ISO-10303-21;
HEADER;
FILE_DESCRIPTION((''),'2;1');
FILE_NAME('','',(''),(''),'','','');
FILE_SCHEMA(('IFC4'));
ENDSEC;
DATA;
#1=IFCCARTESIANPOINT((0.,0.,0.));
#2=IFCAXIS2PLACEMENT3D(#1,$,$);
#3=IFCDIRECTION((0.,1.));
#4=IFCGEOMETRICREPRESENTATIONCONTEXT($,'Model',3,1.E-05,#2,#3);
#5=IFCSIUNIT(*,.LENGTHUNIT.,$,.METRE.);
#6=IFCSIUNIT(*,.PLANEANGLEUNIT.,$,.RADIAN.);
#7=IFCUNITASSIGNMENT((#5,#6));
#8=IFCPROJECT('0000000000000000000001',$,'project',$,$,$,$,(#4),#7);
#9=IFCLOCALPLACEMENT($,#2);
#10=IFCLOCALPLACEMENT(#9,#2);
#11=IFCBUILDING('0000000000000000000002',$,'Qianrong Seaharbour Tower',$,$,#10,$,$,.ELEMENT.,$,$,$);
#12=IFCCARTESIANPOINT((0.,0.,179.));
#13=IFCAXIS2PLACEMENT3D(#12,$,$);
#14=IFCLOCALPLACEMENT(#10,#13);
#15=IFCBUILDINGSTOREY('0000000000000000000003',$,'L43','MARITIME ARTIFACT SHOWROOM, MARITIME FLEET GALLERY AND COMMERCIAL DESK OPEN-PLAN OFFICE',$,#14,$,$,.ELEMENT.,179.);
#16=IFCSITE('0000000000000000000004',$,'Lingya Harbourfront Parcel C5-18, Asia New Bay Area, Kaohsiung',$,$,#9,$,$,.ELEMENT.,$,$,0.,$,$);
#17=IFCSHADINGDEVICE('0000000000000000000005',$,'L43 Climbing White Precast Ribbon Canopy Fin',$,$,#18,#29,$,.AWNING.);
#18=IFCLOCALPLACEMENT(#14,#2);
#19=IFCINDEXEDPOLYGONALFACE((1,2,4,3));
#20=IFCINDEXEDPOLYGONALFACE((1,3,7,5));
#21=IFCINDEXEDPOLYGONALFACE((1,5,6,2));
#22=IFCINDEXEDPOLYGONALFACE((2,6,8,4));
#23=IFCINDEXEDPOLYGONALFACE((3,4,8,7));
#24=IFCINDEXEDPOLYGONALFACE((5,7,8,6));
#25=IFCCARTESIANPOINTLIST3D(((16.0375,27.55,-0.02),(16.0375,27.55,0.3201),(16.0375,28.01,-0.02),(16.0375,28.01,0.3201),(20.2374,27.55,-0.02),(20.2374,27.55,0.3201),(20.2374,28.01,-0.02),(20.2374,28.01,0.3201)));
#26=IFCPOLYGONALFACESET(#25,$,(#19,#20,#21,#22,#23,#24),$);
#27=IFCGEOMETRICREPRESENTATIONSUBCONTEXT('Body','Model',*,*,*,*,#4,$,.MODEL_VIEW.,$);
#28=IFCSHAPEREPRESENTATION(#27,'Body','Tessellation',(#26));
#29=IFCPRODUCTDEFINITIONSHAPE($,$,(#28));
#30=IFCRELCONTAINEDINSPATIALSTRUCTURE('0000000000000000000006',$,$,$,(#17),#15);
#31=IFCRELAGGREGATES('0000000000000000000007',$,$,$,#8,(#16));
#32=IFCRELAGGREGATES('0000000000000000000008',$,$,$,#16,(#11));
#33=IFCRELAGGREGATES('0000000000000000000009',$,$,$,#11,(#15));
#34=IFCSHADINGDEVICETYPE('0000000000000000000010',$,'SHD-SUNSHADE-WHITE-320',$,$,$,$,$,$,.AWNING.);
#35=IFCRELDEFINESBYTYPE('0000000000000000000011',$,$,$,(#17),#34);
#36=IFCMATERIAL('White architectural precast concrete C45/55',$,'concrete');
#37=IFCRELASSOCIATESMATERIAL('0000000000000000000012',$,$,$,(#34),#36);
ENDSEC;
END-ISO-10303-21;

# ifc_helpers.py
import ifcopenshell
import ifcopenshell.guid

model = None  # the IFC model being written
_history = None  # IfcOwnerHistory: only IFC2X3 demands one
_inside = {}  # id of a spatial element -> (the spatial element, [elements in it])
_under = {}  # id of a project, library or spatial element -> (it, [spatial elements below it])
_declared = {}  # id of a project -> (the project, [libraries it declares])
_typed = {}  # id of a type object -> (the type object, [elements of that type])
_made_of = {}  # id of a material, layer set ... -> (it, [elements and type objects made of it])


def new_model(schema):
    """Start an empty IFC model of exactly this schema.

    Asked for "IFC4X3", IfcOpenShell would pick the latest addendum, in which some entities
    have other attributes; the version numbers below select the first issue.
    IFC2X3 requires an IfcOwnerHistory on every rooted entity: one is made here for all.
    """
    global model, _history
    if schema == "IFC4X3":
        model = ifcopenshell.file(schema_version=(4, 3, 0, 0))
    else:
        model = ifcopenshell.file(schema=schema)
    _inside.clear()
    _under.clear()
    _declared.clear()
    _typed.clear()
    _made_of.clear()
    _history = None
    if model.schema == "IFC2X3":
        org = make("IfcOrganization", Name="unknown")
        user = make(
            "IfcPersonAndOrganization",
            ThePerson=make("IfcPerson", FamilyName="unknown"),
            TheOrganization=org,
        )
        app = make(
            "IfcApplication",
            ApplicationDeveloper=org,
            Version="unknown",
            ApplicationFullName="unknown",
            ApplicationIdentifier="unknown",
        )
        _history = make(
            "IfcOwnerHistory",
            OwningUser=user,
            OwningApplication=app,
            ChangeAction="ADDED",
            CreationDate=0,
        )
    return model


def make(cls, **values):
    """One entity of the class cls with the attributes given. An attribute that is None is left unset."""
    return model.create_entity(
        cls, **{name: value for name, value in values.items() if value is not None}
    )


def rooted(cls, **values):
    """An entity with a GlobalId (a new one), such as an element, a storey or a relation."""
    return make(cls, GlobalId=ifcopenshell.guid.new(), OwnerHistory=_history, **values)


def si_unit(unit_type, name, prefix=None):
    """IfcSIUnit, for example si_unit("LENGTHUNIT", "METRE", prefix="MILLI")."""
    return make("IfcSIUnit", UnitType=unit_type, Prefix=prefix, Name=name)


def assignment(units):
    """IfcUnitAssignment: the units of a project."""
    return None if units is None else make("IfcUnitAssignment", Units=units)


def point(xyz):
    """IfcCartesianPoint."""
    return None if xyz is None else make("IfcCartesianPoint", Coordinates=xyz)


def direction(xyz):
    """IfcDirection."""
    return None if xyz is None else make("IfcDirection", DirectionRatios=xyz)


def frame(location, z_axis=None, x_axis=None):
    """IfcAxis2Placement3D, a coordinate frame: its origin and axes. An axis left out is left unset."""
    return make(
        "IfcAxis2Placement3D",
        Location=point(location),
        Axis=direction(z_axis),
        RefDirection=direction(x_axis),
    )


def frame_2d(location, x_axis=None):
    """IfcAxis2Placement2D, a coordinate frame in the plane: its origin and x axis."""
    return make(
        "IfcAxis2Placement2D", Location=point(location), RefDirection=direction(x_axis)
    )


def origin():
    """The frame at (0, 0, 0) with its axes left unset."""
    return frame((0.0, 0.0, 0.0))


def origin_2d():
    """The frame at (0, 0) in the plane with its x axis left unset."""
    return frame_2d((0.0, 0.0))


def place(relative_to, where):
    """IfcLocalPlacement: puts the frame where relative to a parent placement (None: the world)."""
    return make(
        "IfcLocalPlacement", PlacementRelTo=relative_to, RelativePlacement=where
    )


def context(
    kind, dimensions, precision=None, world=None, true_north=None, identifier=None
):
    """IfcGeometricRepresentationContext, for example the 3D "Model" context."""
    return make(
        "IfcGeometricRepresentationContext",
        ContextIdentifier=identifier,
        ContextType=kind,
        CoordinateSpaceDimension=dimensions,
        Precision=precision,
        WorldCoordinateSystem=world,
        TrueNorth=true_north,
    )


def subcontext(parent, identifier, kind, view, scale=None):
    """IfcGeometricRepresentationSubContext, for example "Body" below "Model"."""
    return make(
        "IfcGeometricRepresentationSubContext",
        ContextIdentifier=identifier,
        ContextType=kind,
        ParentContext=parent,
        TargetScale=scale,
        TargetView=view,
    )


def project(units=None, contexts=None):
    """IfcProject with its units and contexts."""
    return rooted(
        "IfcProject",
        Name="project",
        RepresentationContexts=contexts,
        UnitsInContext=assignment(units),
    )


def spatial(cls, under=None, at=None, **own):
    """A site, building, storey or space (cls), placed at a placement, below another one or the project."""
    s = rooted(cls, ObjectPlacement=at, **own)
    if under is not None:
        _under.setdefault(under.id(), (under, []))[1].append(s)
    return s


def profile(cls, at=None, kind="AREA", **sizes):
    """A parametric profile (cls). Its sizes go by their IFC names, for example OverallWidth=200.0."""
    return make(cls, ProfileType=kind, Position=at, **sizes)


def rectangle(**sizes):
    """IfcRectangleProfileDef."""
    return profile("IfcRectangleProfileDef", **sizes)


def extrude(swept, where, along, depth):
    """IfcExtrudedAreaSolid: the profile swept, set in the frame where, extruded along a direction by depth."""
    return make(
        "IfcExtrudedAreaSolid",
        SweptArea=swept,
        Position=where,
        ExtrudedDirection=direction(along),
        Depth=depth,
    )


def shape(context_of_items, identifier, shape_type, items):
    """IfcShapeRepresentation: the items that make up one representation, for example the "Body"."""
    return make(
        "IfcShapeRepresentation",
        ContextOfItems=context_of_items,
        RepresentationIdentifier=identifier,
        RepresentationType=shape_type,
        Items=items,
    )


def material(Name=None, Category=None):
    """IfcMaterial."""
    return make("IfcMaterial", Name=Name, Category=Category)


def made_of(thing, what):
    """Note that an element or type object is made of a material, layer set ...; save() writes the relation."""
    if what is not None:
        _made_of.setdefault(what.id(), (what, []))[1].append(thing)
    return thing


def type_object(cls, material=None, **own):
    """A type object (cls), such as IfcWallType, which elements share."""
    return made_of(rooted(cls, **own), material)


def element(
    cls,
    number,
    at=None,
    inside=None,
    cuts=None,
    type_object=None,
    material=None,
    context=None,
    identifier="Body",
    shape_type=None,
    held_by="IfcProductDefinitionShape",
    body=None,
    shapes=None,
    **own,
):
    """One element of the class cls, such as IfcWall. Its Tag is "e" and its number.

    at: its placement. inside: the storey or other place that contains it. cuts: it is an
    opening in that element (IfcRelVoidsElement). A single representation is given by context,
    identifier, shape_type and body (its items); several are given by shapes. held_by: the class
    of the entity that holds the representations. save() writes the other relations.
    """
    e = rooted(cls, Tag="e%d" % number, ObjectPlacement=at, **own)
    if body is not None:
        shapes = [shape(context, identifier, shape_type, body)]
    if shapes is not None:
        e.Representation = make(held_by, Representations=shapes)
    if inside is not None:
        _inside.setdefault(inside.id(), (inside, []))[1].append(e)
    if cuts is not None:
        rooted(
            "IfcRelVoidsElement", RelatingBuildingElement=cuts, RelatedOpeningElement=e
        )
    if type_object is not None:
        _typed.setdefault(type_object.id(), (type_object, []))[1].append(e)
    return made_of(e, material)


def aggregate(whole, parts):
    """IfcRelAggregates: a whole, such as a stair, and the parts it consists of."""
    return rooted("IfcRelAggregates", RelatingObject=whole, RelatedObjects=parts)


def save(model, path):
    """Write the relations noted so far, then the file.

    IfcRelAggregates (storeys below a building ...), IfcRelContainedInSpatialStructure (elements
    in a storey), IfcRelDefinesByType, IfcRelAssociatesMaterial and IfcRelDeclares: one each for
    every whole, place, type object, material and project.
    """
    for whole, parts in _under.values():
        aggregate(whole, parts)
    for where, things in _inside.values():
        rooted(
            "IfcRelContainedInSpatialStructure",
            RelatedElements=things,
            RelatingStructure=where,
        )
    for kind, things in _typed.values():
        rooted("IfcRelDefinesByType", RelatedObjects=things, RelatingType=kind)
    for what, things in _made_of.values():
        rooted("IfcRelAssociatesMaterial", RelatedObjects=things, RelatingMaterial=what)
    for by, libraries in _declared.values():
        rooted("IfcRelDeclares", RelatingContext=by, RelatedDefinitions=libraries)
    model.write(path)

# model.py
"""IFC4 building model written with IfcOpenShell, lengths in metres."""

from ifc_helpers import new_model, si_unit, direction, frame, origin, origin_2d, place, context, subcontext, project, spatial, rectangle, extrude, material, type_object, element, save


model = new_model("IFC4")

# Units and contexts
model_context = context("Model", 3, precision=1e-05, world=origin(), true_north=direction((0.0, 1.0)))
body_context = subcontext(model_context, "Body", "Model", "MODEL_VIEW")
ifc_project = project(units=[si_unit("LENGTHUNIT", "METRE"), si_unit("PLANEANGLEUNIT", "RADIAN")], contexts=[model_context])

# Site, building, storey
site_placement = place(None, origin())
site = spatial("IfcSite", under=ifc_project, at=site_placement, Name="Lingya Harbourfront Parcel C5-18, Asia New Bay Area, Kaohsiung", CompositionType="ELEMENT", RefElevation=0.0)
building_placement = place(site_placement, origin())
building = spatial("IfcBuilding", under=site, at=building_placement, Name="Qianrong Seaharbour Tower", CompositionType="ELEMENT")
storey_placement = place(building_placement, frame((0.0, 0.0, 179.0)))
storey = spatial("IfcBuildingStorey", under=building, at=storey_placement, Name="L43", Description="MARITIME ARTIFACT SHOWROOM, MARITIME FLEET GALLERY AND COMMERCIAL DESK OPEN-PLAN OFFICE", CompositionType="ELEMENT", Elevation=179.0)

# Shading device
ifc_material_1 = material(Name="White architectural precast concrete C45/55", Category="concrete")
shading_device_type = type_object("IfcShadingDeviceType", Name="SHD-SUNSHADE-WHITE-320", PredefinedType="AWNING", material=ifc_material_1)
shading_device_placement = place(storey_placement, frame((18.1375, 27.78, -0.02), z_axis=(0.0, 0.0, 1.0), x_axis=(1.0, 0.0, 0.0)))
element("IfcShadingDevice", 1, at=shading_device_placement, inside=storey, type_object=shading_device_type, Name="L43 Climbing White Precast Ribbon Canopy Fin", PredefinedType="AWNING", context=body_context, shape_type="SweptSolid", body=[
    extrude(rectangle(XDim=4.2, YDim=0.46, at=origin_2d()), origin(), (0.0, 0.0, 1.0), 0.3401),
])

save(model, "model.ifc")
